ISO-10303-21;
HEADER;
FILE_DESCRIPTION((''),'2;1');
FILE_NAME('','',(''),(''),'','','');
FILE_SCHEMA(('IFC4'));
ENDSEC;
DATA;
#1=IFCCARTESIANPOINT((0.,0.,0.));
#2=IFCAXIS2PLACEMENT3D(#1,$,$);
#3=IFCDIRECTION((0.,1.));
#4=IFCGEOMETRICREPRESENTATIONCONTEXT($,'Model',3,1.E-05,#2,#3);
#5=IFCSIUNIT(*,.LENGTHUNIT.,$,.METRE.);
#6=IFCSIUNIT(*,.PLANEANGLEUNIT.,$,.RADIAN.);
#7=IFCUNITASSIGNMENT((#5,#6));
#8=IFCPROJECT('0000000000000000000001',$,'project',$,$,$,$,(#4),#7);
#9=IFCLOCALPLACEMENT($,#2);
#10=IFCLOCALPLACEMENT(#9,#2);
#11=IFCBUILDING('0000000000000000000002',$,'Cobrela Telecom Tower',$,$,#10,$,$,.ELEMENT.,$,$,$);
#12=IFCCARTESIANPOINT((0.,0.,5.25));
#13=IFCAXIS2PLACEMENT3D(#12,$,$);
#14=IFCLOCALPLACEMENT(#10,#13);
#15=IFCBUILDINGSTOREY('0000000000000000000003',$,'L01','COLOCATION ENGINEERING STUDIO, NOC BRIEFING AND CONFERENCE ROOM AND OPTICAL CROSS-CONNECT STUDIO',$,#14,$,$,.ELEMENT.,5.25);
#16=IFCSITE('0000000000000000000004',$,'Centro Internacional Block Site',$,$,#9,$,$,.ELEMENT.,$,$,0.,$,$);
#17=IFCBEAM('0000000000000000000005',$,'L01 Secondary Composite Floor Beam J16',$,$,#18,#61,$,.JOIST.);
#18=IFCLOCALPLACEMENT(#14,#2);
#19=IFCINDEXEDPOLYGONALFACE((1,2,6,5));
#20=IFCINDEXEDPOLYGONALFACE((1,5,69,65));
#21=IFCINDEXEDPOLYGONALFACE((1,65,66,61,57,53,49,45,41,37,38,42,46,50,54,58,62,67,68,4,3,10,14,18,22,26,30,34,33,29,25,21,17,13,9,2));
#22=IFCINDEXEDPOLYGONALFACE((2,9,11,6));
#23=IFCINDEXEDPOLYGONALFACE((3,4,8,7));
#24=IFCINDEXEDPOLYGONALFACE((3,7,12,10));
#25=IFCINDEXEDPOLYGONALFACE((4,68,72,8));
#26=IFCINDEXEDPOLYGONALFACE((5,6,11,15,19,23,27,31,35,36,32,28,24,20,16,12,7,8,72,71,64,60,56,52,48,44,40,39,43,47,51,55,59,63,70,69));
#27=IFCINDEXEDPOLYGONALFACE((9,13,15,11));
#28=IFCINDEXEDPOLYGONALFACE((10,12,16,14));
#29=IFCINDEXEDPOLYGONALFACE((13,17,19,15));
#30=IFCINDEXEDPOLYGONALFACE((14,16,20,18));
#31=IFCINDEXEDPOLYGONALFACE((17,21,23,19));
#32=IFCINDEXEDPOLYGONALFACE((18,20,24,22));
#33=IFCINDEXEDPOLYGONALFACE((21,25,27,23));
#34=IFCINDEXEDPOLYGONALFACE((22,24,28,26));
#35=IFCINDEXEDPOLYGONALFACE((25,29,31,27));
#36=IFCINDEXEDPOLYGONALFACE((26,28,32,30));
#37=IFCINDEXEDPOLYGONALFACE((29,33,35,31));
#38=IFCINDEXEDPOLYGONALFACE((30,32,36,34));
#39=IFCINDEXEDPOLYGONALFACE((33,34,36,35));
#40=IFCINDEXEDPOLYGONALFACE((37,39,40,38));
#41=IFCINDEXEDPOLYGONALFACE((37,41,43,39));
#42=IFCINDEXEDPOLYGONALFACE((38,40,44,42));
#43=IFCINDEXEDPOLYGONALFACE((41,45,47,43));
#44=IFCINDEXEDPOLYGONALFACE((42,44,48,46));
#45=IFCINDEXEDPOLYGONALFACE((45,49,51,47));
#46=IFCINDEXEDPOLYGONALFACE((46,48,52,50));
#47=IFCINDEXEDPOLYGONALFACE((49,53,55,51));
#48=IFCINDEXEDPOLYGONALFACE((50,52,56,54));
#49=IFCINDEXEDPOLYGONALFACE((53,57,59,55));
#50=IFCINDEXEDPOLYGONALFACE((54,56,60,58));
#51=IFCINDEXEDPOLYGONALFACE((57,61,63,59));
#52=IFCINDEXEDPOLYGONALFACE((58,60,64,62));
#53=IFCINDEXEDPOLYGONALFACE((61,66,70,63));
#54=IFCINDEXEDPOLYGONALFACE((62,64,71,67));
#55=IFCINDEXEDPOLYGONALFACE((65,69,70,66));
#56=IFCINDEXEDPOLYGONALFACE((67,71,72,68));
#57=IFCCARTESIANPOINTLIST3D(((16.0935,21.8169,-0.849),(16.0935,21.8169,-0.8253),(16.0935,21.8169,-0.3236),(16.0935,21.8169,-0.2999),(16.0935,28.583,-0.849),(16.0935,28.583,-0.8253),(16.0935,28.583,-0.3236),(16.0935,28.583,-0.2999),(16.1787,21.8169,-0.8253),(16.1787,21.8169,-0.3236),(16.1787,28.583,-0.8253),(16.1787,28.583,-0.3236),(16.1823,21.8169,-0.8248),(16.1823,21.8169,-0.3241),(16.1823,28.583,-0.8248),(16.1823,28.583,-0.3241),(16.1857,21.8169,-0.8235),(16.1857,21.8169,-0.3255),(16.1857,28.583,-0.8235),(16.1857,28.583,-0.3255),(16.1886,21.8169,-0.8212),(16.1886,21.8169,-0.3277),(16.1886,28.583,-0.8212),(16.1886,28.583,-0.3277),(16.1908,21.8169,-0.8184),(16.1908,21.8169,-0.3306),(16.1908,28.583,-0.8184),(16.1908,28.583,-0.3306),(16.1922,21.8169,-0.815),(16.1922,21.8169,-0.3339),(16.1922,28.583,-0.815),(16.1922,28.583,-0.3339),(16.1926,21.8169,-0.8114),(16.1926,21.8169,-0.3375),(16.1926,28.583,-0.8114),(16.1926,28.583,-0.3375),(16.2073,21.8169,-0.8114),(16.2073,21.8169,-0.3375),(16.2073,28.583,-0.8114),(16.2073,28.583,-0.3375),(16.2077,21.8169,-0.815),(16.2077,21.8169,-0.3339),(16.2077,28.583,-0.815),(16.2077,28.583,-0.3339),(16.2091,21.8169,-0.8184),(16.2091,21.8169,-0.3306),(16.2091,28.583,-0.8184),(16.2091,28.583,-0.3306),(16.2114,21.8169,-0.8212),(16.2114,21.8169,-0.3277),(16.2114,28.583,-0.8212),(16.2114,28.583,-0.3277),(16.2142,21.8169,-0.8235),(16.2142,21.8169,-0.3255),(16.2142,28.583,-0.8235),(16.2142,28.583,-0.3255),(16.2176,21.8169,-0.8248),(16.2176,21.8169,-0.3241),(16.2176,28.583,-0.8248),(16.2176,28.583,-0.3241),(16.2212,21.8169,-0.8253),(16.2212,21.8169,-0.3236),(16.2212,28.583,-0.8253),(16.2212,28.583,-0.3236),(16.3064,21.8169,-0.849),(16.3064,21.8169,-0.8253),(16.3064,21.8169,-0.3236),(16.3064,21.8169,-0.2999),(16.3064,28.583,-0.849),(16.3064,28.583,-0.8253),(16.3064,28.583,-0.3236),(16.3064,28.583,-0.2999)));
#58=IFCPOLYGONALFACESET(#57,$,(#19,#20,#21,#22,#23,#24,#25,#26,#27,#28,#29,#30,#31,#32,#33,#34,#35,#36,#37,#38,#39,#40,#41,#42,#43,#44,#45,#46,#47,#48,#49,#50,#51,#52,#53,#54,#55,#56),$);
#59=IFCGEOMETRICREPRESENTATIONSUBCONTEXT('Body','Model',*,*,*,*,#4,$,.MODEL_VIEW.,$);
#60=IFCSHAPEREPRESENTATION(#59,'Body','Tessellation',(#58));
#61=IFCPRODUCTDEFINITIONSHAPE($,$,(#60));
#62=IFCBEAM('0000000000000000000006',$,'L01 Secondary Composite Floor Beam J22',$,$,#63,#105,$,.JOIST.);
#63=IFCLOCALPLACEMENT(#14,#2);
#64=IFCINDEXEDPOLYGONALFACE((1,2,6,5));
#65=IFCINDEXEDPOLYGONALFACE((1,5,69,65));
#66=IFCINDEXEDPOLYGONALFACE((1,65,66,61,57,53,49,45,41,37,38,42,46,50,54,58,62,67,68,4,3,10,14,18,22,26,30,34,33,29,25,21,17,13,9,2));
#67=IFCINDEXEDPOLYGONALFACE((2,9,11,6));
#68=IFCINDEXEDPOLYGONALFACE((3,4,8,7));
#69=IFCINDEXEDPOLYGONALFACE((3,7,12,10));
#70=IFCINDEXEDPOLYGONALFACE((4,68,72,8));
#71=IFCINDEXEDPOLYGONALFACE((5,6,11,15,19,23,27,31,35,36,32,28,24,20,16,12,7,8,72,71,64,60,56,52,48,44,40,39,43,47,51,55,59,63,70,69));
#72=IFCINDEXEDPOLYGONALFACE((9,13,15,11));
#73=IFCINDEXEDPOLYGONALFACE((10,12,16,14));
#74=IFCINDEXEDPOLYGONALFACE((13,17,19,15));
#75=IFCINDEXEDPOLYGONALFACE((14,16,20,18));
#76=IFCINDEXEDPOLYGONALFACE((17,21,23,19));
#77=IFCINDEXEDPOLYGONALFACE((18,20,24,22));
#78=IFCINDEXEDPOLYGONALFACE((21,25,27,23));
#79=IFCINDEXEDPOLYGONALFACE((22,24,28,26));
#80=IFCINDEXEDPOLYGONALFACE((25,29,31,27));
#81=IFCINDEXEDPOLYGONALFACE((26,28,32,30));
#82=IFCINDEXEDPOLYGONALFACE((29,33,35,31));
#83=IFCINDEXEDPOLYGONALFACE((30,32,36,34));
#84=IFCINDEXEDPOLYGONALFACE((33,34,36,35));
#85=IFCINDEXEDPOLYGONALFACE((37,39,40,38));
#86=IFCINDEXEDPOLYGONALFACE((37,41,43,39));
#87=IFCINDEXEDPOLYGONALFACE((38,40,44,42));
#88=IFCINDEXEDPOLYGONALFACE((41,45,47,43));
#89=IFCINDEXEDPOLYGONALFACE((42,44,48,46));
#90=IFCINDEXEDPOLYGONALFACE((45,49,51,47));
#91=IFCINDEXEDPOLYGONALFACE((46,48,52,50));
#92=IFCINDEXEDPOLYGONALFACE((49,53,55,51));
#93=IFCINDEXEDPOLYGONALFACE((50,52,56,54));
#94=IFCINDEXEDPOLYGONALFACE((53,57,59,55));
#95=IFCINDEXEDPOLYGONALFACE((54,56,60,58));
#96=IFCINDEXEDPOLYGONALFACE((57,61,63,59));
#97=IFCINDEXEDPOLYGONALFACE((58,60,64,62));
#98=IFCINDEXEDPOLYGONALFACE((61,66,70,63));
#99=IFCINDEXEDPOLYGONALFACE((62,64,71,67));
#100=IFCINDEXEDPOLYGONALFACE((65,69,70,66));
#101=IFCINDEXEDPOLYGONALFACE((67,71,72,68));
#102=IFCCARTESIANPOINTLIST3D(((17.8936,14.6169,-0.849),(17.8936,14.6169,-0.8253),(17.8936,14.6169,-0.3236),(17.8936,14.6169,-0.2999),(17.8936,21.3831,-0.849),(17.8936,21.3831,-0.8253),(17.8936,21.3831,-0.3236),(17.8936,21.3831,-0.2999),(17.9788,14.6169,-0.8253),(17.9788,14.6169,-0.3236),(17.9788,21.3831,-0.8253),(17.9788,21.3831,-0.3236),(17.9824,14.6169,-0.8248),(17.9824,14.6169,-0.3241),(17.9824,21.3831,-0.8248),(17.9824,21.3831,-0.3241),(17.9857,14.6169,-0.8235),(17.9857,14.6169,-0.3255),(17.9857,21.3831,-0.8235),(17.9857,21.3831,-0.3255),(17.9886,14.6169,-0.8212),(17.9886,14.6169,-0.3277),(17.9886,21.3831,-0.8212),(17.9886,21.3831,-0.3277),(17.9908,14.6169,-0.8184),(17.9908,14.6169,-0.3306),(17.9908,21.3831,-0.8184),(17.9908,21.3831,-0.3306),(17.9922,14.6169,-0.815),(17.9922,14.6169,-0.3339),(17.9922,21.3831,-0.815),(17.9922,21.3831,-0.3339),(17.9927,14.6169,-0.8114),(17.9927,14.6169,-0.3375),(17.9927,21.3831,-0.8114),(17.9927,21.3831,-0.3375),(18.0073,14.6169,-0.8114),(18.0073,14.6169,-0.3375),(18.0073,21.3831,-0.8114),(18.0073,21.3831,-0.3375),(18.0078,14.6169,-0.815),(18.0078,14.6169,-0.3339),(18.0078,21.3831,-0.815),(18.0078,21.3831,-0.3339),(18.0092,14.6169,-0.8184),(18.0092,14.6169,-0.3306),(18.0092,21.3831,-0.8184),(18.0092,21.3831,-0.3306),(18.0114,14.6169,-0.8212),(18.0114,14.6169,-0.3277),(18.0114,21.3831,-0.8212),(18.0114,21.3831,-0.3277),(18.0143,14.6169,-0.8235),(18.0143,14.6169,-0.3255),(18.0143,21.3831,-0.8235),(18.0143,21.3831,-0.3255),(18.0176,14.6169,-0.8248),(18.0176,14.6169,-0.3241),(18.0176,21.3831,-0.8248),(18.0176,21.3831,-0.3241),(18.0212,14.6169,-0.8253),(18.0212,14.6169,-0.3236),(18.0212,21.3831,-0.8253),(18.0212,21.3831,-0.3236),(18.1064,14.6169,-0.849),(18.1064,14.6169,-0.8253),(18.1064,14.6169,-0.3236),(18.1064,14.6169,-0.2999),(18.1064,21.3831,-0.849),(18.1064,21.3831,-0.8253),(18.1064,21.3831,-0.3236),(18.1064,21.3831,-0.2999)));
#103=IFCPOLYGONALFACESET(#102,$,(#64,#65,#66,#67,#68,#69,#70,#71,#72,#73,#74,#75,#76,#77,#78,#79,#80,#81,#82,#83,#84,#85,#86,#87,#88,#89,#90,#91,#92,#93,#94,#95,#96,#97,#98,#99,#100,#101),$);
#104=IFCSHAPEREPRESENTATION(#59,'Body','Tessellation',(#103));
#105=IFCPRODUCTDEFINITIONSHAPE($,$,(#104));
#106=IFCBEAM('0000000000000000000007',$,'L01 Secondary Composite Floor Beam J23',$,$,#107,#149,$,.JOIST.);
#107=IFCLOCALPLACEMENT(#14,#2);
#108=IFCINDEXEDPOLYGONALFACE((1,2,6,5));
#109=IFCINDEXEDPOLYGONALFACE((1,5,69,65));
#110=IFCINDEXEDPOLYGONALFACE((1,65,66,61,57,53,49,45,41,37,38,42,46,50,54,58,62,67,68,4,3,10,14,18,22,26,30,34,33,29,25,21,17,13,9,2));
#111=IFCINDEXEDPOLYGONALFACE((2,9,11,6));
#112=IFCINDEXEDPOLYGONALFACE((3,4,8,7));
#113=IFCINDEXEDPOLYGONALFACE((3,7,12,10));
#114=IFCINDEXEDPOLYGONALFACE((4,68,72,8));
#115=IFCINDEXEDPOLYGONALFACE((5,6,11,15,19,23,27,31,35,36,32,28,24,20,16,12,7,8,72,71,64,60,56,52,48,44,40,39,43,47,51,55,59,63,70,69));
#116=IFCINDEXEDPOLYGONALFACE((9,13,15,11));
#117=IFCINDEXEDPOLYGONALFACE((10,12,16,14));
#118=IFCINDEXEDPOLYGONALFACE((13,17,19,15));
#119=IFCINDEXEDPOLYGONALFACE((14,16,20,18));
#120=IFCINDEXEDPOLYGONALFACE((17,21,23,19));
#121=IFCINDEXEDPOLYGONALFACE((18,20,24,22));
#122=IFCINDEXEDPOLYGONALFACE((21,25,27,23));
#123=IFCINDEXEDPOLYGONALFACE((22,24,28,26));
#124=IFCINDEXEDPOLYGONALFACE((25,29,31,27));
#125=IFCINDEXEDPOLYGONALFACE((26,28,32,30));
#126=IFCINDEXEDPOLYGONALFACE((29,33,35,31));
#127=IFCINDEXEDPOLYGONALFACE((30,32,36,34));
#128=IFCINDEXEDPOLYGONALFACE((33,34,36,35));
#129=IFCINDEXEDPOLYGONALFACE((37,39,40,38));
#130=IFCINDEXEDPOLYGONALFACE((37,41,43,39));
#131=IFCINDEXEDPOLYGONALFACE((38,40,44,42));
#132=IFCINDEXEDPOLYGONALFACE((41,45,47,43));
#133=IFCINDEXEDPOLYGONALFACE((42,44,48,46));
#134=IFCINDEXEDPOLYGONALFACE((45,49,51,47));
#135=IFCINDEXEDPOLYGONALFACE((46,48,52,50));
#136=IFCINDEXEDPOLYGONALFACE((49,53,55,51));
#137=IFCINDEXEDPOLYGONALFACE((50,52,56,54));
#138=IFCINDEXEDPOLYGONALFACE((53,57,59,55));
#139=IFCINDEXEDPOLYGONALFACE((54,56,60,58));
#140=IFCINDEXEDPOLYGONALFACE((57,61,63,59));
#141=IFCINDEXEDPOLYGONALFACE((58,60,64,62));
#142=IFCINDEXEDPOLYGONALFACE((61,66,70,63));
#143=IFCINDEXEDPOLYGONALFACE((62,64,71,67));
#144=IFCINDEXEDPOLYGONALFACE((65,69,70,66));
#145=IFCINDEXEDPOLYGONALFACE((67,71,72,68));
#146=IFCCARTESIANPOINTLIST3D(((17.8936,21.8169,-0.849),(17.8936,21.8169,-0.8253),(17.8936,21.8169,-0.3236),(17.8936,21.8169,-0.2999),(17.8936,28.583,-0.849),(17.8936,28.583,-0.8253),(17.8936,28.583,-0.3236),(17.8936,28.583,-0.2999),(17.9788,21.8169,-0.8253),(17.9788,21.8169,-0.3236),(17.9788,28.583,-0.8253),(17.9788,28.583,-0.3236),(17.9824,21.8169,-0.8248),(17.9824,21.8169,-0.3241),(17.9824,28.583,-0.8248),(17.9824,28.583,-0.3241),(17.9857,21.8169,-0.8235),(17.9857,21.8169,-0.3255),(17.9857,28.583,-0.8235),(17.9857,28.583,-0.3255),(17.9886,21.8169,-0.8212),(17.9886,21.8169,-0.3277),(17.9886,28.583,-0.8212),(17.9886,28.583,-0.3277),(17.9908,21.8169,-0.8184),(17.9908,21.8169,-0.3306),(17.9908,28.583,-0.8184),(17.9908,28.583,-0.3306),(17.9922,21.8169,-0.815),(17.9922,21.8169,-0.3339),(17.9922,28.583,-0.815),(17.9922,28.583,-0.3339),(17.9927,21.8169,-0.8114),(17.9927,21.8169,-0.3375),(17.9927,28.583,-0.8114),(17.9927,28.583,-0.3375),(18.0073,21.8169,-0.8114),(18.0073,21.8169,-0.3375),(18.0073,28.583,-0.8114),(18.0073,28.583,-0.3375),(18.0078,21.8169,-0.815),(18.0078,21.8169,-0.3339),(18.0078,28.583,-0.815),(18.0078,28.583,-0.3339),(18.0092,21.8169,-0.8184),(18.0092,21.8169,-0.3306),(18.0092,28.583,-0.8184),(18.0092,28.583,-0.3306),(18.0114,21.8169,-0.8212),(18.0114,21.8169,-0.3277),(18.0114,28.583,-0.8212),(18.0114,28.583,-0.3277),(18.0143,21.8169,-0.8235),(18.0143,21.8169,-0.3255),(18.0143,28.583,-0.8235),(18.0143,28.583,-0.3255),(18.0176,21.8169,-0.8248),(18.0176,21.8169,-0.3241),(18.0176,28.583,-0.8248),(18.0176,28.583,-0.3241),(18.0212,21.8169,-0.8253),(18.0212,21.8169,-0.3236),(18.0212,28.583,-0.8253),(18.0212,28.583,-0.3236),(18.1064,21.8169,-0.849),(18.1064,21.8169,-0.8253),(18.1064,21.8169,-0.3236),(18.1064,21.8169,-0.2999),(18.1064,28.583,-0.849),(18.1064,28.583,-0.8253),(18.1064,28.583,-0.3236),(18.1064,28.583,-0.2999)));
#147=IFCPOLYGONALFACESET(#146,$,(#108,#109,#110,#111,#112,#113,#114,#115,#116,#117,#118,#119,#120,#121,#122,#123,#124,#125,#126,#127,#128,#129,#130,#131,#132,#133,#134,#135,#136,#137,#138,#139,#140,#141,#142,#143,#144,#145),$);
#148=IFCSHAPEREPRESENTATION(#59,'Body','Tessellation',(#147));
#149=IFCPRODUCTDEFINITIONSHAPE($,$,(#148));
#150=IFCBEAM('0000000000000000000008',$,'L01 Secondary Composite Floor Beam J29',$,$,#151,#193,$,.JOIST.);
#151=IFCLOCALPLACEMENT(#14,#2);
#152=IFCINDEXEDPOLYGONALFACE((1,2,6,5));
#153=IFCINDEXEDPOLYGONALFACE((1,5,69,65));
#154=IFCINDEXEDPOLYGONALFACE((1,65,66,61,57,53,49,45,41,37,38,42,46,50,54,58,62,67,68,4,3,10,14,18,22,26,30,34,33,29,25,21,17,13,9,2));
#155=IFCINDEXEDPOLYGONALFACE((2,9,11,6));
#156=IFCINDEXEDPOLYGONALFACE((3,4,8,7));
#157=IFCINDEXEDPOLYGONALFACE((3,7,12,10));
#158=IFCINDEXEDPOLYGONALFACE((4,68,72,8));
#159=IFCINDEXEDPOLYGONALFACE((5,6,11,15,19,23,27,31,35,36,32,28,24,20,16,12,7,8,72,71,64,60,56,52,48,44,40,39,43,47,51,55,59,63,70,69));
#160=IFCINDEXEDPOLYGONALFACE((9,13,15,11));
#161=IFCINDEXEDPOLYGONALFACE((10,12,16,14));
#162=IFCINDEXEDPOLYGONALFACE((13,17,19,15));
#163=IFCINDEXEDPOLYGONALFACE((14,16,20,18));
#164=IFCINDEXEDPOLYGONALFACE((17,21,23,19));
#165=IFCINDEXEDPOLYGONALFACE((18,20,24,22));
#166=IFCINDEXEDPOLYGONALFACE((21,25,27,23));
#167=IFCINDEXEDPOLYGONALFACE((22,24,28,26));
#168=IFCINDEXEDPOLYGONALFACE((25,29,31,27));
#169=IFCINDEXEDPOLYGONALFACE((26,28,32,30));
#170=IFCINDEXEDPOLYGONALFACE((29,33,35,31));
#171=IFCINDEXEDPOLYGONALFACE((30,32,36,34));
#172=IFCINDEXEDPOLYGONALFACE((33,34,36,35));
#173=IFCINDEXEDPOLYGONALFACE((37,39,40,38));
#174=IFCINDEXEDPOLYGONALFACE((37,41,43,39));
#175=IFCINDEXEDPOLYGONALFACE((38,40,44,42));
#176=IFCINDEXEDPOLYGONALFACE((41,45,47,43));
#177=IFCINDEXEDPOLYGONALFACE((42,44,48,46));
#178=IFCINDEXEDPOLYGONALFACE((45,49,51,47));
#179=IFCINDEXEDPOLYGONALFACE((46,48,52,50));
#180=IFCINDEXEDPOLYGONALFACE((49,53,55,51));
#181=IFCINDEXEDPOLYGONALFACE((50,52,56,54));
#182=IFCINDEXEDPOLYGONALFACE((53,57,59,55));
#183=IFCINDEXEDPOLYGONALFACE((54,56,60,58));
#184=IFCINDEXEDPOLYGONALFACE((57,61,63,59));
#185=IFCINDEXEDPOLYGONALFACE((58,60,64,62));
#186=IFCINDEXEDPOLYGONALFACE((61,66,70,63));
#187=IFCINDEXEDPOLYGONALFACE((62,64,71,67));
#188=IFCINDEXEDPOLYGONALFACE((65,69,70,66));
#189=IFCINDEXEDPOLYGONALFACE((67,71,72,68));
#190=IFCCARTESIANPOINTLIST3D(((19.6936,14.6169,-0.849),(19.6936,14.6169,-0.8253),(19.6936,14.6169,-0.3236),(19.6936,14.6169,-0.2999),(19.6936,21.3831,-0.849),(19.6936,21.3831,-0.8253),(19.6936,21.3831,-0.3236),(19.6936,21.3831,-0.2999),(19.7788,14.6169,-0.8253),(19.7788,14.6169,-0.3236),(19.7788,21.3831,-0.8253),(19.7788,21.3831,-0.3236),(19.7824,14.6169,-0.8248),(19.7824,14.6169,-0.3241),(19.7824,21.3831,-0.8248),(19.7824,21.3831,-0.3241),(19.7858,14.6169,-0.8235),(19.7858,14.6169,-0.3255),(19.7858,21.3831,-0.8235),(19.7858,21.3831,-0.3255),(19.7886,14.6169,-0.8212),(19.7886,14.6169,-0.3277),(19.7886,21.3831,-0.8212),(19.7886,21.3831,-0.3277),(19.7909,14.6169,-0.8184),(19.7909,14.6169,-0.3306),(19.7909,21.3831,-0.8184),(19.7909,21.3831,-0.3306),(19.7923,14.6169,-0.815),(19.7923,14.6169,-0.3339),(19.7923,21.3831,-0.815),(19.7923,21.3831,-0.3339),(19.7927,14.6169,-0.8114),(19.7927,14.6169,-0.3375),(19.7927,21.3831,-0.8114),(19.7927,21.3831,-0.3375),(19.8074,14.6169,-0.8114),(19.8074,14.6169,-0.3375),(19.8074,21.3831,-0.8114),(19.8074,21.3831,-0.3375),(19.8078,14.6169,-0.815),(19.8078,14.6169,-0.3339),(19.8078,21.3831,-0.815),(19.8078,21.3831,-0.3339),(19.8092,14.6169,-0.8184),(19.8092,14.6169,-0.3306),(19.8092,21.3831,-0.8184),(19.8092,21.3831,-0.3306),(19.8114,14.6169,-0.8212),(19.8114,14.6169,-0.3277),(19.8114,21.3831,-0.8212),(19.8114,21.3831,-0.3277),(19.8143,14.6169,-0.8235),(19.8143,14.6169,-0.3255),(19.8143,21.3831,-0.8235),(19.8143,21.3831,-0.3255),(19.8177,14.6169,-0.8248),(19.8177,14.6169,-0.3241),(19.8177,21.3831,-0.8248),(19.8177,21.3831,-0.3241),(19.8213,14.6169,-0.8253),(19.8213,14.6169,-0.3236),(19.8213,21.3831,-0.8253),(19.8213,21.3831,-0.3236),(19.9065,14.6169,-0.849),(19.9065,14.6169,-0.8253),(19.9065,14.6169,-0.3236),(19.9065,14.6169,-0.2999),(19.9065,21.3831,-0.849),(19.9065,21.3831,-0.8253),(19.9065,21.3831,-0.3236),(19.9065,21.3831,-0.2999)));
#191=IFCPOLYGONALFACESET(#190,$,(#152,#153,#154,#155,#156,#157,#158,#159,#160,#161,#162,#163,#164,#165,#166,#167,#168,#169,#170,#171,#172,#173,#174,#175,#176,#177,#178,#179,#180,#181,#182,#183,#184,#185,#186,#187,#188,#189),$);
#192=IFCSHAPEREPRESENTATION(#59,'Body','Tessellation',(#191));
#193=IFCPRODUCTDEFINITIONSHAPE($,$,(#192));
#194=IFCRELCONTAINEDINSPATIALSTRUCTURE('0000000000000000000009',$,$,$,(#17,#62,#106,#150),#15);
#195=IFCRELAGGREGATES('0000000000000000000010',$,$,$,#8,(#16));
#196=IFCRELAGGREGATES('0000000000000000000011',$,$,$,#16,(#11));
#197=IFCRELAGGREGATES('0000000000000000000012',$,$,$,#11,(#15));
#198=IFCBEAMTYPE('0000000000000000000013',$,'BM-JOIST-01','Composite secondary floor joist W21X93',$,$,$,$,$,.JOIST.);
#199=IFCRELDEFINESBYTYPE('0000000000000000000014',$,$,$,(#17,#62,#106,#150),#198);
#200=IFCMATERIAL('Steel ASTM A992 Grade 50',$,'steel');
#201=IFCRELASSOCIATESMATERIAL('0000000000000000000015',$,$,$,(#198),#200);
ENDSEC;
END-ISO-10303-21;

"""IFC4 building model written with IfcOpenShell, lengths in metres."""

from ifc_helpers import new_model, si_unit, direction, frame, origin, origin_2d, place, context, subcontext, project, spatial, i_section, extrude, material, material_profile, profile_set, type_object, element, save


model = new_model("IFC4")

# Units and contexts
model_context = context("Model", 3, precision=1e-05, world=origin(), true_north=direction((0.0, 1.0)))
body_context = subcontext(model_context, "Body", "Model", "MODEL_VIEW")
ifc_project = project(units=[si_unit("LENGTHUNIT", "METRE"), si_unit("PLANEANGLEUNIT", "RADIAN")], contexts=[model_context])

# Site, building, storey
site_placement = place(None, origin())
site = spatial("IfcSite", under=ifc_project, at=site_placement, Name="Centro Internacional Block Site", CompositionType="ELEMENT", RefElevation=0.0)
building_placement = place(site_placement, origin())
building = spatial("IfcBuilding", under=site, at=building_placement, Name="Cobrela Telecom Tower", CompositionType="ELEMENT")
storey_placement = place(building_placement, frame((0.0, 0.0, 5.25)))
storey = spatial("IfcBuildingStorey", under=building, at=storey_placement, Name="L01", Description="COLOCATION ENGINEERING STUDIO, NOC BRIEFING AND CONFERENCE ROOM AND OPTICAL CROSS-CONNECT STUDIO", CompositionType="ELEMENT", Elevation=5.25)

# Beams
ifc_material_1 = material(Name="Steel ASTM A992 Grade 50", Category="steel")
ifc_material_profile_1 = material_profile(ifc_material_1, i_section(OverallWidth=0.2129, OverallDepth=0.5491, WebThickness=0.0146, FlangeThickness=0.0237, FilletRadius=0.0139, at=origin_2d()), Name="W21X93")
ifc_profile_set_1 = profile_set([ifc_material_profile_1], Name="Steel ASTM A992 Grade 50")
beam_type_1 = type_object("IfcBeamType", Name="BM-JOIST-01", Description="Composite secondary floor joist W21X93", PredefinedType="JOIST", material=ifc_profile_set_1)
for number, where, z_axis, x_axis, name in (
    (1, (16.2, 21.8169, -0.5745), (0.0, 1.0, 0.0), (-1.0, 0.0, 0.0), "L01 Secondary Composite Floor Beam J16"),
    (2, (18.0, 14.6169, -0.5745), (0.0, 1.0, 0.0), (-1.0, 0.0, 0.0), "L01 Secondary Composite Floor Beam J22"),
    (3, (18.0, 21.8169, -0.5745), (0.0, 1.0, 0.0), (-1.0, 0.0, 0.0), "L01 Secondary Composite Floor Beam J23"),
    (4, (19.8, 14.6169, -0.5745), (0.0, 1.0, 0.0), (-1.0, 0.0, 0.0), "L01 Secondary Composite Floor Beam J29"),
):
    element("IfcBeam", number, at=place(storey_placement, frame(where, z_axis=z_axis, x_axis=x_axis)), inside=storey, type_object=beam_type_1, Name=name, PredefinedType="JOIST", context=body_context, shape_type="SweptSolid", body=[
        extrude(i_section(OverallWidth=0.2129, OverallDepth=0.5491, WebThickness=0.0146, FlangeThickness=0.0237, FilletRadius=0.0139, at=origin_2d()), origin(), (0.0, 0.0, 1.0), 6.7661),
    ])

save(model, "model.ifc")
